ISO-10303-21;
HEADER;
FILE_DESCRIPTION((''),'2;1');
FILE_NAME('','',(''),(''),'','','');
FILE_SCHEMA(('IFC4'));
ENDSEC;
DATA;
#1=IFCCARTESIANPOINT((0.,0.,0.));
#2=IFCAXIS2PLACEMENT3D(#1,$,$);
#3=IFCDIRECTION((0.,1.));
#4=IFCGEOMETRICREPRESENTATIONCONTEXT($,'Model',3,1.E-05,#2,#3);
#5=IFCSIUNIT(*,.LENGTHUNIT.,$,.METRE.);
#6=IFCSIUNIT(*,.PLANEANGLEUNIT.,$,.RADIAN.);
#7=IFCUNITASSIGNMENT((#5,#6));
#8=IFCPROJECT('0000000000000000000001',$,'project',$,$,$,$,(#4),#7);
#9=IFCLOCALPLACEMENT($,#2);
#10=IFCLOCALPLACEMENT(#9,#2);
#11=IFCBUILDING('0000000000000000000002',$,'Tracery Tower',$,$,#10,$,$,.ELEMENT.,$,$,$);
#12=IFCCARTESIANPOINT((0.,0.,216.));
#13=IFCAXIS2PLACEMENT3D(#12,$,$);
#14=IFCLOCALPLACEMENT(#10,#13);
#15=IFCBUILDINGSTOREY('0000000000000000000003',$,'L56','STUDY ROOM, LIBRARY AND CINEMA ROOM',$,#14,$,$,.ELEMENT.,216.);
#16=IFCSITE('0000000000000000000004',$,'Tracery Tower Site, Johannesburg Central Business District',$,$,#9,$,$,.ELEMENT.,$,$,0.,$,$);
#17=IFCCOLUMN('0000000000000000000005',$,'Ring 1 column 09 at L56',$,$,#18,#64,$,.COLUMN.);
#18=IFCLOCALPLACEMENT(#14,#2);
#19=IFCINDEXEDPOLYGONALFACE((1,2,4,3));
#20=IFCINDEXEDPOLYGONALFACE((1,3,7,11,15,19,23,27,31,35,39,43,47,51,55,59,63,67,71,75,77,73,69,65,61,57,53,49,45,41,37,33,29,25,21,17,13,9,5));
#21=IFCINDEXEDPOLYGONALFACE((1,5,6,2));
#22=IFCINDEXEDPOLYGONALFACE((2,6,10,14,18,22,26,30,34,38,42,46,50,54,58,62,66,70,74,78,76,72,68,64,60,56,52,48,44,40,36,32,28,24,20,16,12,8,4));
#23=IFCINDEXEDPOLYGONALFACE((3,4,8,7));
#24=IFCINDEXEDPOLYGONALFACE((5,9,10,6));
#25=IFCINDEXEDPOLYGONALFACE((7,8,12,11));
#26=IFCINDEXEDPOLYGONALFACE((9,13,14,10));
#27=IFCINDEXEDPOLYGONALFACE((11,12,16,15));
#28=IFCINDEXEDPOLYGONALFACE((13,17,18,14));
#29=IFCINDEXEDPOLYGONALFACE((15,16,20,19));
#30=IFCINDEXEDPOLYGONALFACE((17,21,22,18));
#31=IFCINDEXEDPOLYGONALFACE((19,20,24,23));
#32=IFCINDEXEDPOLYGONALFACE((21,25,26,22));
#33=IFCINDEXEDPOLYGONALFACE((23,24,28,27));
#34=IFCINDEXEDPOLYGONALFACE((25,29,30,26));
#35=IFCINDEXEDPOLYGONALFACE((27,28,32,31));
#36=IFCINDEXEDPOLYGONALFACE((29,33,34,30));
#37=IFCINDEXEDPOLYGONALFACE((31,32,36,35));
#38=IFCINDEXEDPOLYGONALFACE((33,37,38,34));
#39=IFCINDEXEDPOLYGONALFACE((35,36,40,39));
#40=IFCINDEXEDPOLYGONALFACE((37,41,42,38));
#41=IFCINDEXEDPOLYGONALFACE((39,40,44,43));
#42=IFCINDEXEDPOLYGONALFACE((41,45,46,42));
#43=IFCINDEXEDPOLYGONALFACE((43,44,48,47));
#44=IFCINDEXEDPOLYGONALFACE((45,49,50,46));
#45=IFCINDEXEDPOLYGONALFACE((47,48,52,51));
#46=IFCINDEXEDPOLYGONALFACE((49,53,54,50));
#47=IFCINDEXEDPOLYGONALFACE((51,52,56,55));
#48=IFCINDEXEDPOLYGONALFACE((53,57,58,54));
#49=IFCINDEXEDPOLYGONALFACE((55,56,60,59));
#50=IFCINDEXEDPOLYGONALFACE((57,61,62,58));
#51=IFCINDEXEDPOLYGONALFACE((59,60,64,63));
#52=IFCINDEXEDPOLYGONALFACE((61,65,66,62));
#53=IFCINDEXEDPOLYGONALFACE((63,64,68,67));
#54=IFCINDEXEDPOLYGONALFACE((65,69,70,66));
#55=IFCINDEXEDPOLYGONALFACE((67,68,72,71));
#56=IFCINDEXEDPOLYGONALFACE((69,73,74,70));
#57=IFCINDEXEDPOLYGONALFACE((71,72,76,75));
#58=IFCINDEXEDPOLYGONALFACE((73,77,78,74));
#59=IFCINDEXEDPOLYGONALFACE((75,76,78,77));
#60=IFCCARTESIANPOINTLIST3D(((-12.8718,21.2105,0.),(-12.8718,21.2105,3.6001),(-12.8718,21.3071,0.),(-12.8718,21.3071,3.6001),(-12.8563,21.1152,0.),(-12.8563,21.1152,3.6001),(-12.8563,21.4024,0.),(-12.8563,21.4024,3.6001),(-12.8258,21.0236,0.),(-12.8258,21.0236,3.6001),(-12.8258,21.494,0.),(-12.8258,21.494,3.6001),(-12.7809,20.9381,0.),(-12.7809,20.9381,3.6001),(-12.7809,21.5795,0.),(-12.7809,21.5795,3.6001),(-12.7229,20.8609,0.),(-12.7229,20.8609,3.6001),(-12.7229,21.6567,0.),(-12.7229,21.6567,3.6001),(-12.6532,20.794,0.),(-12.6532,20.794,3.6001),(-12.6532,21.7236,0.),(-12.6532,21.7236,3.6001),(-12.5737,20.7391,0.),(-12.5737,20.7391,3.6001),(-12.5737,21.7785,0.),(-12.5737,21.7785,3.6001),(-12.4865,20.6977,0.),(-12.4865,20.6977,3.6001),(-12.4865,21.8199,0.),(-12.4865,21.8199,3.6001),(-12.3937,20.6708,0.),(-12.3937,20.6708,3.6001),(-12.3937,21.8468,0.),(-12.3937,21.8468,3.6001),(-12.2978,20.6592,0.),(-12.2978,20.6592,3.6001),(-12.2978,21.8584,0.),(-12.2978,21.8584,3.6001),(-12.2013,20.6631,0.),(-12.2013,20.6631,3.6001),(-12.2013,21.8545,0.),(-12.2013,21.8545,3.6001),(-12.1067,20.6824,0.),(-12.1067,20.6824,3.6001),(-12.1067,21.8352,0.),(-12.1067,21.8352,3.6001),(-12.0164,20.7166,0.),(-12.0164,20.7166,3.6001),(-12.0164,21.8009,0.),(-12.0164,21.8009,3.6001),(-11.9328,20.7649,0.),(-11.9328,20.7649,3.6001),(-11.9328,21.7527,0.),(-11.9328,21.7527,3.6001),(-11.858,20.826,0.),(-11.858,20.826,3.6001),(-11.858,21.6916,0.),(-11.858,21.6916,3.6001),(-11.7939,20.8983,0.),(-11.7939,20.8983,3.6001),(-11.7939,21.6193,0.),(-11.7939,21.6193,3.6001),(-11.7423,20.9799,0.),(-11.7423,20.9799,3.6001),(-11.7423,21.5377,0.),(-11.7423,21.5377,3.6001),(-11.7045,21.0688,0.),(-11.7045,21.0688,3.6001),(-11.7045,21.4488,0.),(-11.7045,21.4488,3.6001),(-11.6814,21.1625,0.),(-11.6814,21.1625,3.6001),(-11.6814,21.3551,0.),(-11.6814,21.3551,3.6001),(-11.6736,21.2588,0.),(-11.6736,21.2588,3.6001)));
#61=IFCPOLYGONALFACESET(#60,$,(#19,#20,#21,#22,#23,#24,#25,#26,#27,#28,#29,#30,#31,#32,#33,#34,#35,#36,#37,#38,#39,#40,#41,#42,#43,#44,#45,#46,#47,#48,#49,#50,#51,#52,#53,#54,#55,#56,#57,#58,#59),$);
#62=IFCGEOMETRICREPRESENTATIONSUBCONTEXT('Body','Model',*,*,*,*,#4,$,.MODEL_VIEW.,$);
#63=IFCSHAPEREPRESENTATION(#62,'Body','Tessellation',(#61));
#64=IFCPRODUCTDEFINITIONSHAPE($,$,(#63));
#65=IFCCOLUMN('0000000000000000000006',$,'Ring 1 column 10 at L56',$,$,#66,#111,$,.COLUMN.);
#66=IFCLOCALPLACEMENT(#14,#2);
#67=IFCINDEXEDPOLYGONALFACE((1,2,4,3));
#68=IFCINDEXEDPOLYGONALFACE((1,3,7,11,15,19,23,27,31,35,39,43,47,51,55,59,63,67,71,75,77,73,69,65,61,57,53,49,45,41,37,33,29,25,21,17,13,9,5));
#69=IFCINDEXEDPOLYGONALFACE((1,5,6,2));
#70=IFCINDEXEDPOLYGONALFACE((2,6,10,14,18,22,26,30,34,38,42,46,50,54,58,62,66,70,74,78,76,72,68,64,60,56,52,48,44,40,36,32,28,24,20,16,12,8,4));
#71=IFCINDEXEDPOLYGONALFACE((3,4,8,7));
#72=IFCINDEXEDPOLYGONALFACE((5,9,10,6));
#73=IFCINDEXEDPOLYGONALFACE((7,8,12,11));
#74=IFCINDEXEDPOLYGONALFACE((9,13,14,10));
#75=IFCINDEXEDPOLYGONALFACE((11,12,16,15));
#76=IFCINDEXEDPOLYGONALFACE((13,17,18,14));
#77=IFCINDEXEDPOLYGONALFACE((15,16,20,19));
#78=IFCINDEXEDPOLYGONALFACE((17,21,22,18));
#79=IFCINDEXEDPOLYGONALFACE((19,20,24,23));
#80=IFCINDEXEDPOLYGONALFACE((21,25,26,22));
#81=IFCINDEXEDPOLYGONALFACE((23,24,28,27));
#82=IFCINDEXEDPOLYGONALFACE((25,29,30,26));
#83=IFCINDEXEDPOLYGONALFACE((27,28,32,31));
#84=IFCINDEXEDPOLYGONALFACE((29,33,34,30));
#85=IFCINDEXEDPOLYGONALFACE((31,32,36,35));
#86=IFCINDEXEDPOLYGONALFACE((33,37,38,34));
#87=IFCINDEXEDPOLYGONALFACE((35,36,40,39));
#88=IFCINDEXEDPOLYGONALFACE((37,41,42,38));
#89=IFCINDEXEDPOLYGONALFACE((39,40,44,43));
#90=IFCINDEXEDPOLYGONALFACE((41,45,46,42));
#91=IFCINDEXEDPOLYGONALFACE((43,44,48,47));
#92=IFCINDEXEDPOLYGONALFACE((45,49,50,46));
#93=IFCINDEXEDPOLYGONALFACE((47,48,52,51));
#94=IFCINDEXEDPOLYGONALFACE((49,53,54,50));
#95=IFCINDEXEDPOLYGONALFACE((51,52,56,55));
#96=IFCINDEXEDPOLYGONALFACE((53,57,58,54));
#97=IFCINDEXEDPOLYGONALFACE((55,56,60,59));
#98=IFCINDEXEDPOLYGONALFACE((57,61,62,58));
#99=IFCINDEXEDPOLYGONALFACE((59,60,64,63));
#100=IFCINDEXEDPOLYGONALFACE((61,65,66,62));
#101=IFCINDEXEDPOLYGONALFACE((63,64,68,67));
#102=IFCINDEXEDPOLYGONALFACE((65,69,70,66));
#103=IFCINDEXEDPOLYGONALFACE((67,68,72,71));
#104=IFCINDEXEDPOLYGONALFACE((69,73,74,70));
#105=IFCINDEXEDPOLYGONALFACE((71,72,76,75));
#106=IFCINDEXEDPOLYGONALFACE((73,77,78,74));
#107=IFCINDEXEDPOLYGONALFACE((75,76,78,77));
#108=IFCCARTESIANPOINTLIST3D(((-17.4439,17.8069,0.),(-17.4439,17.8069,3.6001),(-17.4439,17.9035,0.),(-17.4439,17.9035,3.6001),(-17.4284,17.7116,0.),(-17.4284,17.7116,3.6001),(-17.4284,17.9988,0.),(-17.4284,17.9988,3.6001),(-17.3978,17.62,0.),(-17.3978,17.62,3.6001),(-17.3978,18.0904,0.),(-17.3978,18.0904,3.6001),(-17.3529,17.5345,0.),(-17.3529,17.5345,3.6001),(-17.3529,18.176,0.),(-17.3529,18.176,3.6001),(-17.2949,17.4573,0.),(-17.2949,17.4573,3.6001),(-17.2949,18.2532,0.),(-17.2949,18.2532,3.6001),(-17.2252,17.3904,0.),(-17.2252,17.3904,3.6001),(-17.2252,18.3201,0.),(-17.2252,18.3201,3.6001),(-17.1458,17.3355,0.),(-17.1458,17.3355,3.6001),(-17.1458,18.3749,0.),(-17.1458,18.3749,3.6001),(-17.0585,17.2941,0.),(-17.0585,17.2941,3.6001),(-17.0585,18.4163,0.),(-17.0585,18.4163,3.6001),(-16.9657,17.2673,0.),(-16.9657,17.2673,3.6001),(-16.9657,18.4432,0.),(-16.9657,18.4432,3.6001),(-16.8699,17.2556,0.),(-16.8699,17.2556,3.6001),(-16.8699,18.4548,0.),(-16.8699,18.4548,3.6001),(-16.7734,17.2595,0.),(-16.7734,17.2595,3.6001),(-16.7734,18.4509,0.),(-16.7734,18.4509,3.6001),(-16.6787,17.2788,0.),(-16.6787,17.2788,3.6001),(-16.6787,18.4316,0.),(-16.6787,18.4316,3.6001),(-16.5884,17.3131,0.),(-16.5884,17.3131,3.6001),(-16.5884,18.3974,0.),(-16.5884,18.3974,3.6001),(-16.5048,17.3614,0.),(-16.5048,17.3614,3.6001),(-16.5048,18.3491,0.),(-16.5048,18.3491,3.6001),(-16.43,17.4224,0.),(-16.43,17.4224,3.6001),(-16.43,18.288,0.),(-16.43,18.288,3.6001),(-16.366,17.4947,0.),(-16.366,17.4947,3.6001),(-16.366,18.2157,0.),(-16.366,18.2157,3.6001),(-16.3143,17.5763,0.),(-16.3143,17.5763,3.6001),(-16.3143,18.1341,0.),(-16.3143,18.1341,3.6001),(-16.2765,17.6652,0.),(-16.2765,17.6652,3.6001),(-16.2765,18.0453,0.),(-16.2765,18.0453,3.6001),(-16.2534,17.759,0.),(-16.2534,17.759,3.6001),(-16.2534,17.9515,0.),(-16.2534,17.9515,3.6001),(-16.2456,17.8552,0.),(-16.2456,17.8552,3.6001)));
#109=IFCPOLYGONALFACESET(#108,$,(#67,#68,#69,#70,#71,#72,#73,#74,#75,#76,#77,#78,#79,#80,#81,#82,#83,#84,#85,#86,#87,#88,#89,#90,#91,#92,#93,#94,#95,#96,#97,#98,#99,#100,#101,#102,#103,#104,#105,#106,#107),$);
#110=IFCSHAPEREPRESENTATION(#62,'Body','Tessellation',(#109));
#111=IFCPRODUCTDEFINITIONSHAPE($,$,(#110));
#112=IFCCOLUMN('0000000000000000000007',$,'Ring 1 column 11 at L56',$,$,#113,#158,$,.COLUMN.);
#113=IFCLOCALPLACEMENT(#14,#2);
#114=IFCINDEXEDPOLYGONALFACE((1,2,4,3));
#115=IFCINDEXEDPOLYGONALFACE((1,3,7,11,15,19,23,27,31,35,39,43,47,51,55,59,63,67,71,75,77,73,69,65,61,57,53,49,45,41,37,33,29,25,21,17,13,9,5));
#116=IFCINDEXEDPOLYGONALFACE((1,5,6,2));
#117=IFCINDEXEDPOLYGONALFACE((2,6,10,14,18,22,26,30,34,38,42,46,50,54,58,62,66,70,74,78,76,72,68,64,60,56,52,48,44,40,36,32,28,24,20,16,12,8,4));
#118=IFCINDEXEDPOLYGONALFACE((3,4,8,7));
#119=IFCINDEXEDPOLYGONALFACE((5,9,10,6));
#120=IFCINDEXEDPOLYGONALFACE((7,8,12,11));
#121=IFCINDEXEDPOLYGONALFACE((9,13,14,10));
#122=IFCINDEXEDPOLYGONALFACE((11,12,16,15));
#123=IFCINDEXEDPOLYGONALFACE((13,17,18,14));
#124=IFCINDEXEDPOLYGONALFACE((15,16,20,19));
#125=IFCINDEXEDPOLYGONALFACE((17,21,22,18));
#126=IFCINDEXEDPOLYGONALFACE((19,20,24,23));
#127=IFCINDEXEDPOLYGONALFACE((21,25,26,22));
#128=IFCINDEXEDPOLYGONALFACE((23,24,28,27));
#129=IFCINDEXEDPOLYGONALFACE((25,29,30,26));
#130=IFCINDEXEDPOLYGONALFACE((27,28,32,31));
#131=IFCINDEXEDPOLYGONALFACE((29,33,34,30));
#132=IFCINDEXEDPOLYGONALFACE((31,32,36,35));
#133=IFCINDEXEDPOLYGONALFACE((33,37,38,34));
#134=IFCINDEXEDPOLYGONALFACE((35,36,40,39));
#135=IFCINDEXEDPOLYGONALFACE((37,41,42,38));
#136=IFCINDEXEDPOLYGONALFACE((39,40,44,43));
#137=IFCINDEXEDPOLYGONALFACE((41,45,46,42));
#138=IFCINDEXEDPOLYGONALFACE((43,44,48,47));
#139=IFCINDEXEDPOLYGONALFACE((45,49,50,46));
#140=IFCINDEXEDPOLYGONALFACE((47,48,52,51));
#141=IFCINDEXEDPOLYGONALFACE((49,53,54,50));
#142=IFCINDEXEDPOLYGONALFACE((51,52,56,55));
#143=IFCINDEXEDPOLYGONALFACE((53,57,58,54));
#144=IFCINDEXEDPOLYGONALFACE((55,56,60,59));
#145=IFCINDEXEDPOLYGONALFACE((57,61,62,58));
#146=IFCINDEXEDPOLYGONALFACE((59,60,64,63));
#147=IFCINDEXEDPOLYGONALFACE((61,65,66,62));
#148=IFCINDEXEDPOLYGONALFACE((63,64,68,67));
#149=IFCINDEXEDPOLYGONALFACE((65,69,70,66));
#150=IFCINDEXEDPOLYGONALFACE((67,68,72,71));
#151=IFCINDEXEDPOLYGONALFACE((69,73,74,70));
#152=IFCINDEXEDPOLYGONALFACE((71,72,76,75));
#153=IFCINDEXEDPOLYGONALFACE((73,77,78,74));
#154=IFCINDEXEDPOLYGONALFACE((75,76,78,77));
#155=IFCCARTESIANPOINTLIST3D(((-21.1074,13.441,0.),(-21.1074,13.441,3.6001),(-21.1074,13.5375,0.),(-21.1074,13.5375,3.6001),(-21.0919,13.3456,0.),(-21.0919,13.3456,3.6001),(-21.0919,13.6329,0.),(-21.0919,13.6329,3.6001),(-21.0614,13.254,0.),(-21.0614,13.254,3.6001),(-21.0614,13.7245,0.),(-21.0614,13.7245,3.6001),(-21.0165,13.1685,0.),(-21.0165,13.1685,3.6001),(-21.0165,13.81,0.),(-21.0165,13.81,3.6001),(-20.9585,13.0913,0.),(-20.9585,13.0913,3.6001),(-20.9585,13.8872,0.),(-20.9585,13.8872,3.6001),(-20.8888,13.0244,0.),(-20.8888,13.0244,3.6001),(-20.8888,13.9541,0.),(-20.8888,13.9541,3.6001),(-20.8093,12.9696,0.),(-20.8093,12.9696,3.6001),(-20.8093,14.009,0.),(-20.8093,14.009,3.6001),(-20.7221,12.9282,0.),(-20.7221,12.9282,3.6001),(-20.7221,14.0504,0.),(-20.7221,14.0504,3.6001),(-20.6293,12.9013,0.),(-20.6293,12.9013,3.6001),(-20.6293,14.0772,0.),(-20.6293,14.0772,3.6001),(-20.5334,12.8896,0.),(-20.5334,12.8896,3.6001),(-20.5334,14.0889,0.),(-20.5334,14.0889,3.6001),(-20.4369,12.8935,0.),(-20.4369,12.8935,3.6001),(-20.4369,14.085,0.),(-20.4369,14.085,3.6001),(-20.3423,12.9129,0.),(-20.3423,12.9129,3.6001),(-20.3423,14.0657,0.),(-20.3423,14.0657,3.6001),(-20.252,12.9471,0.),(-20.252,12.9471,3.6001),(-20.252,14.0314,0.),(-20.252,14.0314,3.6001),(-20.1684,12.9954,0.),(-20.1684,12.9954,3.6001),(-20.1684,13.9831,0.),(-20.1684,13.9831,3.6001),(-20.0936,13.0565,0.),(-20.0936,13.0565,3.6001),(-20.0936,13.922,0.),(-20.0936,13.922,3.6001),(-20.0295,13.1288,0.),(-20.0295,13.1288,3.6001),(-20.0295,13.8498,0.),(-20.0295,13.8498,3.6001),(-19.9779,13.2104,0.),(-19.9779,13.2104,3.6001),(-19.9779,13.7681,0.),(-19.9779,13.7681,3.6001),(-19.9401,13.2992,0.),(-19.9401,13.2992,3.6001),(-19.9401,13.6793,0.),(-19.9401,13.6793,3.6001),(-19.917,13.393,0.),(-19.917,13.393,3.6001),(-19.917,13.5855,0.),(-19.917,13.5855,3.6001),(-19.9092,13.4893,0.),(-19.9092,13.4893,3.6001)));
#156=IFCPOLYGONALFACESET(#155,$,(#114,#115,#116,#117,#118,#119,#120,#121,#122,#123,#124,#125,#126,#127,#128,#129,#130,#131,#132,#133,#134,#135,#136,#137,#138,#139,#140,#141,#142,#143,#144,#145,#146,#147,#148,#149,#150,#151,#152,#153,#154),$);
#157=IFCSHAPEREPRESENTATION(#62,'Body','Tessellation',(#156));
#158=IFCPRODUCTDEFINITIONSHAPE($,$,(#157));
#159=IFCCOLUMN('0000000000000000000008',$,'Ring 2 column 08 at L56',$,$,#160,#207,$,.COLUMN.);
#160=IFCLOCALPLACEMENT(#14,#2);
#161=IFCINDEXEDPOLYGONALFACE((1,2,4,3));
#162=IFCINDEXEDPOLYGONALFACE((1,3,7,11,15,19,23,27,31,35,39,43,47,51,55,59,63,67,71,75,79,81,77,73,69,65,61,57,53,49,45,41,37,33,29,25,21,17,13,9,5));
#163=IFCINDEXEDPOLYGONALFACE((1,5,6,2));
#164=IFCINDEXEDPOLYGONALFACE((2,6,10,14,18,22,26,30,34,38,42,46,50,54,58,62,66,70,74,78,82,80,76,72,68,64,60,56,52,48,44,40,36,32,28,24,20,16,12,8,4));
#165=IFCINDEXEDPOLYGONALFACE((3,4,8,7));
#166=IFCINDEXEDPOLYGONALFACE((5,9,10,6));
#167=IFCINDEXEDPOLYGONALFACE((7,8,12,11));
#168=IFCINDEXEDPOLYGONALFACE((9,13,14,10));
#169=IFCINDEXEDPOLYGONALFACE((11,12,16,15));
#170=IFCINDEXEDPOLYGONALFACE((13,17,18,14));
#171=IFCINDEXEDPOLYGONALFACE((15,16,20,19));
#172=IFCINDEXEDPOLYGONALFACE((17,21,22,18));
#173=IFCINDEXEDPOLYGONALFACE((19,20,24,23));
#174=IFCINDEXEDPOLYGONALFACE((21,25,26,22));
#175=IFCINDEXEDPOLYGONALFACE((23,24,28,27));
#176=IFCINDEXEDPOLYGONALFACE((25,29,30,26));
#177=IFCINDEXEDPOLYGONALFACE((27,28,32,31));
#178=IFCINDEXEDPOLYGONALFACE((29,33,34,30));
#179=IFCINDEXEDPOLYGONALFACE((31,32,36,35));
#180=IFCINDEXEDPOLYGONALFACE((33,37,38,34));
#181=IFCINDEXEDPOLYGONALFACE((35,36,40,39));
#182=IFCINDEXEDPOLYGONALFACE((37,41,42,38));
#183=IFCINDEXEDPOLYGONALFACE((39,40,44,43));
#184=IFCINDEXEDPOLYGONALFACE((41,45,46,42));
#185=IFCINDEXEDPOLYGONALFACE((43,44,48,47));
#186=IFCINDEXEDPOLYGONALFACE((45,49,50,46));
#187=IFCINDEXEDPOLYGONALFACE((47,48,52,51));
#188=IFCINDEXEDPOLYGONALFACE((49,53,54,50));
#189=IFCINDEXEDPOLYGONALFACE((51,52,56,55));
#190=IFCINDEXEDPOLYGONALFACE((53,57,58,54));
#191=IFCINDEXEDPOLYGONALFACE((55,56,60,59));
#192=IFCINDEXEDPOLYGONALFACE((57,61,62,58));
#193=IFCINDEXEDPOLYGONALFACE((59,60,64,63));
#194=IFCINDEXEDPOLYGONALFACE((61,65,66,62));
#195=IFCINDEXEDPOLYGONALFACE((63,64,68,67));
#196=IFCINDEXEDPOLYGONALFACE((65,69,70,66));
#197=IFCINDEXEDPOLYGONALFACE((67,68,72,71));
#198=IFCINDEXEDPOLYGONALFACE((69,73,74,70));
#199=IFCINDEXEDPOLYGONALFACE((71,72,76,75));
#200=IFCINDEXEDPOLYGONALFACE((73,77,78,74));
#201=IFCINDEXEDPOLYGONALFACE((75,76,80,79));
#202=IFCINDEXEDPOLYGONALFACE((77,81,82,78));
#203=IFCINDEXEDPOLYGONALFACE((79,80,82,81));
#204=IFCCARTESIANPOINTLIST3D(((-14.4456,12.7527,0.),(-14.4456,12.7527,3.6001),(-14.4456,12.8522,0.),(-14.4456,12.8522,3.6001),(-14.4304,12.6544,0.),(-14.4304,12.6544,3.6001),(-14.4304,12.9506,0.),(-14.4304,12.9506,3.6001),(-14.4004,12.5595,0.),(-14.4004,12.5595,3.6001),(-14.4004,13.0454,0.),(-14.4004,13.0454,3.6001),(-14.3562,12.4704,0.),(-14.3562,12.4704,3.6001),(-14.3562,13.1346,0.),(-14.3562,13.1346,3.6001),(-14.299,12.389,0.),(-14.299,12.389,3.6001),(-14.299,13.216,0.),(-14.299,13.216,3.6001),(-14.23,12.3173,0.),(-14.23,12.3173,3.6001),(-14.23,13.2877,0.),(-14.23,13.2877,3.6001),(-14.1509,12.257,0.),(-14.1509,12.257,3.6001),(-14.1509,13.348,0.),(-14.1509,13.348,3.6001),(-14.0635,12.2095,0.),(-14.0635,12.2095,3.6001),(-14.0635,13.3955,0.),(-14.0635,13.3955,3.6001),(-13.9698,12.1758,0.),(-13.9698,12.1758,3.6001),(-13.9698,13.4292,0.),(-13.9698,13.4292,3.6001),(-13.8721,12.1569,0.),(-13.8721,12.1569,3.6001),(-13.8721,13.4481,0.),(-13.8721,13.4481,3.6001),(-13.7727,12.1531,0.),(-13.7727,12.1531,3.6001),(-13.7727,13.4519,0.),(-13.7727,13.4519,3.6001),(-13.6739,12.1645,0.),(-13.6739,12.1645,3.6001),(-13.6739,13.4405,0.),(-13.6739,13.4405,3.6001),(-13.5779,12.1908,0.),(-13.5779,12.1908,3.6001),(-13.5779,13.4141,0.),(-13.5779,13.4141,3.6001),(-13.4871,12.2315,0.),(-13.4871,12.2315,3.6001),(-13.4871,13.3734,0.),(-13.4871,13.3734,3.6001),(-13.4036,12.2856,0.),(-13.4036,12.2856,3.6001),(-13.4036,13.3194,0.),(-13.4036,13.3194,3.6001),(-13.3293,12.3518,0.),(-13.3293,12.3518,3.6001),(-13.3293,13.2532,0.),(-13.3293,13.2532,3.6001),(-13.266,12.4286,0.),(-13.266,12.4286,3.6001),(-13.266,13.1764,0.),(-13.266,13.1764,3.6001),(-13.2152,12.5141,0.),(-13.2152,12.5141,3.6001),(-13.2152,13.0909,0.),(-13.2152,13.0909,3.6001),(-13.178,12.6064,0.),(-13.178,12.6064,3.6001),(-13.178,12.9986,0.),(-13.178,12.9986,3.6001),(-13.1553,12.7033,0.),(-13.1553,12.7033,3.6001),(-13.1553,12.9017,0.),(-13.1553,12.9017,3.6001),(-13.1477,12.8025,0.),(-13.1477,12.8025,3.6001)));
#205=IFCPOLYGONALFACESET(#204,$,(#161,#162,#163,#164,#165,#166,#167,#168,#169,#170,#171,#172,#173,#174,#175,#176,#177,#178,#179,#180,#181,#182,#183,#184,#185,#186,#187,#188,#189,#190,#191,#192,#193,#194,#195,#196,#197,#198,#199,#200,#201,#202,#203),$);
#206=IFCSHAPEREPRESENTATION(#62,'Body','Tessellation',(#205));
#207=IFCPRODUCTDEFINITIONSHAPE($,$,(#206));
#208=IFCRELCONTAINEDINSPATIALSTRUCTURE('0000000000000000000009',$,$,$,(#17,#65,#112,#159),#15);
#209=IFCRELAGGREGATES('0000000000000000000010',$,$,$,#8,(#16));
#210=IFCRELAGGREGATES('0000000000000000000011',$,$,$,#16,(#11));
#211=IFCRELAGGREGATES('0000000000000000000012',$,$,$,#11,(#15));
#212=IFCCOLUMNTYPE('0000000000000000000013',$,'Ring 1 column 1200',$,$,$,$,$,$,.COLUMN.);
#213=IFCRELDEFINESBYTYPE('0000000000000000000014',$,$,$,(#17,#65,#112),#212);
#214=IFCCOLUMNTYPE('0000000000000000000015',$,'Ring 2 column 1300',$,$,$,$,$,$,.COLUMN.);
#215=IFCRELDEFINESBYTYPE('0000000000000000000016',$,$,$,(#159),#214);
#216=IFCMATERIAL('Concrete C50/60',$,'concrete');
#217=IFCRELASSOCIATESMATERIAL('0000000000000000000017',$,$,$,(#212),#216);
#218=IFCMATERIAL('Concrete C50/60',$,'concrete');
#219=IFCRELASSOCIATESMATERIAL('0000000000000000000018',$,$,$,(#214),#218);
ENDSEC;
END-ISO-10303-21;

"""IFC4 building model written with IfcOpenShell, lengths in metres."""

from ifc_helpers import new_model, si_unit, direction, frame, origin, origin_2d, place, context, subcontext, project, spatial, circle, extrude, material, material_profile, profile_set, type_object, element, save


model = new_model("IFC4")

# Units and contexts
model_context = context("Model", 3, precision=1e-05, world=origin(), true_north=direction((0.0, 1.0)))
body_context = subcontext(model_context, "Body", "Model", "MODEL_VIEW")
ifc_project = project(units=[si_unit("LENGTHUNIT", "METRE"), si_unit("PLANEANGLEUNIT", "RADIAN")], contexts=[model_context])

# Site, building, storey
site_placement = place(None, origin())
site = spatial("IfcSite", under=ifc_project, at=site_placement, Name="Tracery Tower Site, Johannesburg Central Business District", CompositionType="ELEMENT", RefElevation=0.0)
building_placement = place(site_placement, origin())
building = spatial("IfcBuilding", under=site, at=building_placement, Name="Tracery Tower", CompositionType="ELEMENT")
storey_placement = place(building_placement, frame((0.0, 0.0, 216.0)))
storey = spatial("IfcBuildingStorey", under=building, at=storey_placement, Name="L56", Description="STUDY ROOM, LIBRARY AND CINEMA ROOM", CompositionType="ELEMENT", Elevation=216.0)

# Columns
ifc_material_1 = material(Name="Concrete C50/60", Category="concrete")
ifc_material_profile_1 = material_profile(ifc_material_1, circle(Radius=0.6001, at=origin_2d()), Name="RC D1200")
ifc_profile_set_1 = profile_set([ifc_material_profile_1], Name="Concrete C50/60")
column_type_1 = type_object("IfcColumnType", Name="Ring 1 column 1200", PredefinedType="COLUMN", material=ifc_profile_set_1)
for number, where, z_axis, x_axis, name in (
    (1, (-12.2737, 21.2588, 0.0), (0.0, 0.0, 1.0), (1.0, 0.0, 0.0), "Ring 1 column 09 at L56"),
    (2, (-16.8457, 17.8552, 0.0), (0.0, 0.0, 1.0), (1.0, 0.0, 0.0), "Ring 1 column 10 at L56"),
    (3, (-20.5093, 13.4893, 0.0), (0.0, 0.0, 1.0), (1.0, 0.0, 0.0), "Ring 1 column 11 at L56"),
):
    element("IfcColumn", number, at=place(storey_placement, frame(where, z_axis=z_axis, x_axis=x_axis)), inside=storey, type_object=column_type_1, Name=name, PredefinedType="COLUMN", context=body_context, shape_type="SweptSolid", body=[
        extrude(circle(Radius=0.6001, at=origin_2d()), origin(), (0.0, 0.0, 1.0), 3.6001),
    ])
ifc_material_2 = material(Name="Concrete C50/60", Category="concrete")
ifc_material_profile_2 = material_profile(ifc_material_2, circle(Radius=0.6499, at=origin_2d()), Name="RC D1300")
ifc_profile_set_2 = profile_set([ifc_material_profile_2], Name="Concrete C50/60")
column_type_2 = type_object("IfcColumnType", Name="Ring 2 column 1300", PredefinedType="COLUMN", material=ifc_profile_set_2)
column_placement = place(storey_placement, frame((-13.7976, 12.8025, 0.0), z_axis=(0.0, 0.0, 1.0), x_axis=(1.0, 0.0, 0.0)))
element("IfcColumn", 4, at=column_placement, inside=storey, type_object=column_type_2, Name="Ring 2 column 08 at L56", PredefinedType="COLUMN", context=body_context, shape_type="SweptSolid", body=[
    extrude(circle(Radius=0.6499, at=origin_2d()), origin(), (0.0, 0.0, 1.0), 3.6001),
])

save(model, "model.ifc")
